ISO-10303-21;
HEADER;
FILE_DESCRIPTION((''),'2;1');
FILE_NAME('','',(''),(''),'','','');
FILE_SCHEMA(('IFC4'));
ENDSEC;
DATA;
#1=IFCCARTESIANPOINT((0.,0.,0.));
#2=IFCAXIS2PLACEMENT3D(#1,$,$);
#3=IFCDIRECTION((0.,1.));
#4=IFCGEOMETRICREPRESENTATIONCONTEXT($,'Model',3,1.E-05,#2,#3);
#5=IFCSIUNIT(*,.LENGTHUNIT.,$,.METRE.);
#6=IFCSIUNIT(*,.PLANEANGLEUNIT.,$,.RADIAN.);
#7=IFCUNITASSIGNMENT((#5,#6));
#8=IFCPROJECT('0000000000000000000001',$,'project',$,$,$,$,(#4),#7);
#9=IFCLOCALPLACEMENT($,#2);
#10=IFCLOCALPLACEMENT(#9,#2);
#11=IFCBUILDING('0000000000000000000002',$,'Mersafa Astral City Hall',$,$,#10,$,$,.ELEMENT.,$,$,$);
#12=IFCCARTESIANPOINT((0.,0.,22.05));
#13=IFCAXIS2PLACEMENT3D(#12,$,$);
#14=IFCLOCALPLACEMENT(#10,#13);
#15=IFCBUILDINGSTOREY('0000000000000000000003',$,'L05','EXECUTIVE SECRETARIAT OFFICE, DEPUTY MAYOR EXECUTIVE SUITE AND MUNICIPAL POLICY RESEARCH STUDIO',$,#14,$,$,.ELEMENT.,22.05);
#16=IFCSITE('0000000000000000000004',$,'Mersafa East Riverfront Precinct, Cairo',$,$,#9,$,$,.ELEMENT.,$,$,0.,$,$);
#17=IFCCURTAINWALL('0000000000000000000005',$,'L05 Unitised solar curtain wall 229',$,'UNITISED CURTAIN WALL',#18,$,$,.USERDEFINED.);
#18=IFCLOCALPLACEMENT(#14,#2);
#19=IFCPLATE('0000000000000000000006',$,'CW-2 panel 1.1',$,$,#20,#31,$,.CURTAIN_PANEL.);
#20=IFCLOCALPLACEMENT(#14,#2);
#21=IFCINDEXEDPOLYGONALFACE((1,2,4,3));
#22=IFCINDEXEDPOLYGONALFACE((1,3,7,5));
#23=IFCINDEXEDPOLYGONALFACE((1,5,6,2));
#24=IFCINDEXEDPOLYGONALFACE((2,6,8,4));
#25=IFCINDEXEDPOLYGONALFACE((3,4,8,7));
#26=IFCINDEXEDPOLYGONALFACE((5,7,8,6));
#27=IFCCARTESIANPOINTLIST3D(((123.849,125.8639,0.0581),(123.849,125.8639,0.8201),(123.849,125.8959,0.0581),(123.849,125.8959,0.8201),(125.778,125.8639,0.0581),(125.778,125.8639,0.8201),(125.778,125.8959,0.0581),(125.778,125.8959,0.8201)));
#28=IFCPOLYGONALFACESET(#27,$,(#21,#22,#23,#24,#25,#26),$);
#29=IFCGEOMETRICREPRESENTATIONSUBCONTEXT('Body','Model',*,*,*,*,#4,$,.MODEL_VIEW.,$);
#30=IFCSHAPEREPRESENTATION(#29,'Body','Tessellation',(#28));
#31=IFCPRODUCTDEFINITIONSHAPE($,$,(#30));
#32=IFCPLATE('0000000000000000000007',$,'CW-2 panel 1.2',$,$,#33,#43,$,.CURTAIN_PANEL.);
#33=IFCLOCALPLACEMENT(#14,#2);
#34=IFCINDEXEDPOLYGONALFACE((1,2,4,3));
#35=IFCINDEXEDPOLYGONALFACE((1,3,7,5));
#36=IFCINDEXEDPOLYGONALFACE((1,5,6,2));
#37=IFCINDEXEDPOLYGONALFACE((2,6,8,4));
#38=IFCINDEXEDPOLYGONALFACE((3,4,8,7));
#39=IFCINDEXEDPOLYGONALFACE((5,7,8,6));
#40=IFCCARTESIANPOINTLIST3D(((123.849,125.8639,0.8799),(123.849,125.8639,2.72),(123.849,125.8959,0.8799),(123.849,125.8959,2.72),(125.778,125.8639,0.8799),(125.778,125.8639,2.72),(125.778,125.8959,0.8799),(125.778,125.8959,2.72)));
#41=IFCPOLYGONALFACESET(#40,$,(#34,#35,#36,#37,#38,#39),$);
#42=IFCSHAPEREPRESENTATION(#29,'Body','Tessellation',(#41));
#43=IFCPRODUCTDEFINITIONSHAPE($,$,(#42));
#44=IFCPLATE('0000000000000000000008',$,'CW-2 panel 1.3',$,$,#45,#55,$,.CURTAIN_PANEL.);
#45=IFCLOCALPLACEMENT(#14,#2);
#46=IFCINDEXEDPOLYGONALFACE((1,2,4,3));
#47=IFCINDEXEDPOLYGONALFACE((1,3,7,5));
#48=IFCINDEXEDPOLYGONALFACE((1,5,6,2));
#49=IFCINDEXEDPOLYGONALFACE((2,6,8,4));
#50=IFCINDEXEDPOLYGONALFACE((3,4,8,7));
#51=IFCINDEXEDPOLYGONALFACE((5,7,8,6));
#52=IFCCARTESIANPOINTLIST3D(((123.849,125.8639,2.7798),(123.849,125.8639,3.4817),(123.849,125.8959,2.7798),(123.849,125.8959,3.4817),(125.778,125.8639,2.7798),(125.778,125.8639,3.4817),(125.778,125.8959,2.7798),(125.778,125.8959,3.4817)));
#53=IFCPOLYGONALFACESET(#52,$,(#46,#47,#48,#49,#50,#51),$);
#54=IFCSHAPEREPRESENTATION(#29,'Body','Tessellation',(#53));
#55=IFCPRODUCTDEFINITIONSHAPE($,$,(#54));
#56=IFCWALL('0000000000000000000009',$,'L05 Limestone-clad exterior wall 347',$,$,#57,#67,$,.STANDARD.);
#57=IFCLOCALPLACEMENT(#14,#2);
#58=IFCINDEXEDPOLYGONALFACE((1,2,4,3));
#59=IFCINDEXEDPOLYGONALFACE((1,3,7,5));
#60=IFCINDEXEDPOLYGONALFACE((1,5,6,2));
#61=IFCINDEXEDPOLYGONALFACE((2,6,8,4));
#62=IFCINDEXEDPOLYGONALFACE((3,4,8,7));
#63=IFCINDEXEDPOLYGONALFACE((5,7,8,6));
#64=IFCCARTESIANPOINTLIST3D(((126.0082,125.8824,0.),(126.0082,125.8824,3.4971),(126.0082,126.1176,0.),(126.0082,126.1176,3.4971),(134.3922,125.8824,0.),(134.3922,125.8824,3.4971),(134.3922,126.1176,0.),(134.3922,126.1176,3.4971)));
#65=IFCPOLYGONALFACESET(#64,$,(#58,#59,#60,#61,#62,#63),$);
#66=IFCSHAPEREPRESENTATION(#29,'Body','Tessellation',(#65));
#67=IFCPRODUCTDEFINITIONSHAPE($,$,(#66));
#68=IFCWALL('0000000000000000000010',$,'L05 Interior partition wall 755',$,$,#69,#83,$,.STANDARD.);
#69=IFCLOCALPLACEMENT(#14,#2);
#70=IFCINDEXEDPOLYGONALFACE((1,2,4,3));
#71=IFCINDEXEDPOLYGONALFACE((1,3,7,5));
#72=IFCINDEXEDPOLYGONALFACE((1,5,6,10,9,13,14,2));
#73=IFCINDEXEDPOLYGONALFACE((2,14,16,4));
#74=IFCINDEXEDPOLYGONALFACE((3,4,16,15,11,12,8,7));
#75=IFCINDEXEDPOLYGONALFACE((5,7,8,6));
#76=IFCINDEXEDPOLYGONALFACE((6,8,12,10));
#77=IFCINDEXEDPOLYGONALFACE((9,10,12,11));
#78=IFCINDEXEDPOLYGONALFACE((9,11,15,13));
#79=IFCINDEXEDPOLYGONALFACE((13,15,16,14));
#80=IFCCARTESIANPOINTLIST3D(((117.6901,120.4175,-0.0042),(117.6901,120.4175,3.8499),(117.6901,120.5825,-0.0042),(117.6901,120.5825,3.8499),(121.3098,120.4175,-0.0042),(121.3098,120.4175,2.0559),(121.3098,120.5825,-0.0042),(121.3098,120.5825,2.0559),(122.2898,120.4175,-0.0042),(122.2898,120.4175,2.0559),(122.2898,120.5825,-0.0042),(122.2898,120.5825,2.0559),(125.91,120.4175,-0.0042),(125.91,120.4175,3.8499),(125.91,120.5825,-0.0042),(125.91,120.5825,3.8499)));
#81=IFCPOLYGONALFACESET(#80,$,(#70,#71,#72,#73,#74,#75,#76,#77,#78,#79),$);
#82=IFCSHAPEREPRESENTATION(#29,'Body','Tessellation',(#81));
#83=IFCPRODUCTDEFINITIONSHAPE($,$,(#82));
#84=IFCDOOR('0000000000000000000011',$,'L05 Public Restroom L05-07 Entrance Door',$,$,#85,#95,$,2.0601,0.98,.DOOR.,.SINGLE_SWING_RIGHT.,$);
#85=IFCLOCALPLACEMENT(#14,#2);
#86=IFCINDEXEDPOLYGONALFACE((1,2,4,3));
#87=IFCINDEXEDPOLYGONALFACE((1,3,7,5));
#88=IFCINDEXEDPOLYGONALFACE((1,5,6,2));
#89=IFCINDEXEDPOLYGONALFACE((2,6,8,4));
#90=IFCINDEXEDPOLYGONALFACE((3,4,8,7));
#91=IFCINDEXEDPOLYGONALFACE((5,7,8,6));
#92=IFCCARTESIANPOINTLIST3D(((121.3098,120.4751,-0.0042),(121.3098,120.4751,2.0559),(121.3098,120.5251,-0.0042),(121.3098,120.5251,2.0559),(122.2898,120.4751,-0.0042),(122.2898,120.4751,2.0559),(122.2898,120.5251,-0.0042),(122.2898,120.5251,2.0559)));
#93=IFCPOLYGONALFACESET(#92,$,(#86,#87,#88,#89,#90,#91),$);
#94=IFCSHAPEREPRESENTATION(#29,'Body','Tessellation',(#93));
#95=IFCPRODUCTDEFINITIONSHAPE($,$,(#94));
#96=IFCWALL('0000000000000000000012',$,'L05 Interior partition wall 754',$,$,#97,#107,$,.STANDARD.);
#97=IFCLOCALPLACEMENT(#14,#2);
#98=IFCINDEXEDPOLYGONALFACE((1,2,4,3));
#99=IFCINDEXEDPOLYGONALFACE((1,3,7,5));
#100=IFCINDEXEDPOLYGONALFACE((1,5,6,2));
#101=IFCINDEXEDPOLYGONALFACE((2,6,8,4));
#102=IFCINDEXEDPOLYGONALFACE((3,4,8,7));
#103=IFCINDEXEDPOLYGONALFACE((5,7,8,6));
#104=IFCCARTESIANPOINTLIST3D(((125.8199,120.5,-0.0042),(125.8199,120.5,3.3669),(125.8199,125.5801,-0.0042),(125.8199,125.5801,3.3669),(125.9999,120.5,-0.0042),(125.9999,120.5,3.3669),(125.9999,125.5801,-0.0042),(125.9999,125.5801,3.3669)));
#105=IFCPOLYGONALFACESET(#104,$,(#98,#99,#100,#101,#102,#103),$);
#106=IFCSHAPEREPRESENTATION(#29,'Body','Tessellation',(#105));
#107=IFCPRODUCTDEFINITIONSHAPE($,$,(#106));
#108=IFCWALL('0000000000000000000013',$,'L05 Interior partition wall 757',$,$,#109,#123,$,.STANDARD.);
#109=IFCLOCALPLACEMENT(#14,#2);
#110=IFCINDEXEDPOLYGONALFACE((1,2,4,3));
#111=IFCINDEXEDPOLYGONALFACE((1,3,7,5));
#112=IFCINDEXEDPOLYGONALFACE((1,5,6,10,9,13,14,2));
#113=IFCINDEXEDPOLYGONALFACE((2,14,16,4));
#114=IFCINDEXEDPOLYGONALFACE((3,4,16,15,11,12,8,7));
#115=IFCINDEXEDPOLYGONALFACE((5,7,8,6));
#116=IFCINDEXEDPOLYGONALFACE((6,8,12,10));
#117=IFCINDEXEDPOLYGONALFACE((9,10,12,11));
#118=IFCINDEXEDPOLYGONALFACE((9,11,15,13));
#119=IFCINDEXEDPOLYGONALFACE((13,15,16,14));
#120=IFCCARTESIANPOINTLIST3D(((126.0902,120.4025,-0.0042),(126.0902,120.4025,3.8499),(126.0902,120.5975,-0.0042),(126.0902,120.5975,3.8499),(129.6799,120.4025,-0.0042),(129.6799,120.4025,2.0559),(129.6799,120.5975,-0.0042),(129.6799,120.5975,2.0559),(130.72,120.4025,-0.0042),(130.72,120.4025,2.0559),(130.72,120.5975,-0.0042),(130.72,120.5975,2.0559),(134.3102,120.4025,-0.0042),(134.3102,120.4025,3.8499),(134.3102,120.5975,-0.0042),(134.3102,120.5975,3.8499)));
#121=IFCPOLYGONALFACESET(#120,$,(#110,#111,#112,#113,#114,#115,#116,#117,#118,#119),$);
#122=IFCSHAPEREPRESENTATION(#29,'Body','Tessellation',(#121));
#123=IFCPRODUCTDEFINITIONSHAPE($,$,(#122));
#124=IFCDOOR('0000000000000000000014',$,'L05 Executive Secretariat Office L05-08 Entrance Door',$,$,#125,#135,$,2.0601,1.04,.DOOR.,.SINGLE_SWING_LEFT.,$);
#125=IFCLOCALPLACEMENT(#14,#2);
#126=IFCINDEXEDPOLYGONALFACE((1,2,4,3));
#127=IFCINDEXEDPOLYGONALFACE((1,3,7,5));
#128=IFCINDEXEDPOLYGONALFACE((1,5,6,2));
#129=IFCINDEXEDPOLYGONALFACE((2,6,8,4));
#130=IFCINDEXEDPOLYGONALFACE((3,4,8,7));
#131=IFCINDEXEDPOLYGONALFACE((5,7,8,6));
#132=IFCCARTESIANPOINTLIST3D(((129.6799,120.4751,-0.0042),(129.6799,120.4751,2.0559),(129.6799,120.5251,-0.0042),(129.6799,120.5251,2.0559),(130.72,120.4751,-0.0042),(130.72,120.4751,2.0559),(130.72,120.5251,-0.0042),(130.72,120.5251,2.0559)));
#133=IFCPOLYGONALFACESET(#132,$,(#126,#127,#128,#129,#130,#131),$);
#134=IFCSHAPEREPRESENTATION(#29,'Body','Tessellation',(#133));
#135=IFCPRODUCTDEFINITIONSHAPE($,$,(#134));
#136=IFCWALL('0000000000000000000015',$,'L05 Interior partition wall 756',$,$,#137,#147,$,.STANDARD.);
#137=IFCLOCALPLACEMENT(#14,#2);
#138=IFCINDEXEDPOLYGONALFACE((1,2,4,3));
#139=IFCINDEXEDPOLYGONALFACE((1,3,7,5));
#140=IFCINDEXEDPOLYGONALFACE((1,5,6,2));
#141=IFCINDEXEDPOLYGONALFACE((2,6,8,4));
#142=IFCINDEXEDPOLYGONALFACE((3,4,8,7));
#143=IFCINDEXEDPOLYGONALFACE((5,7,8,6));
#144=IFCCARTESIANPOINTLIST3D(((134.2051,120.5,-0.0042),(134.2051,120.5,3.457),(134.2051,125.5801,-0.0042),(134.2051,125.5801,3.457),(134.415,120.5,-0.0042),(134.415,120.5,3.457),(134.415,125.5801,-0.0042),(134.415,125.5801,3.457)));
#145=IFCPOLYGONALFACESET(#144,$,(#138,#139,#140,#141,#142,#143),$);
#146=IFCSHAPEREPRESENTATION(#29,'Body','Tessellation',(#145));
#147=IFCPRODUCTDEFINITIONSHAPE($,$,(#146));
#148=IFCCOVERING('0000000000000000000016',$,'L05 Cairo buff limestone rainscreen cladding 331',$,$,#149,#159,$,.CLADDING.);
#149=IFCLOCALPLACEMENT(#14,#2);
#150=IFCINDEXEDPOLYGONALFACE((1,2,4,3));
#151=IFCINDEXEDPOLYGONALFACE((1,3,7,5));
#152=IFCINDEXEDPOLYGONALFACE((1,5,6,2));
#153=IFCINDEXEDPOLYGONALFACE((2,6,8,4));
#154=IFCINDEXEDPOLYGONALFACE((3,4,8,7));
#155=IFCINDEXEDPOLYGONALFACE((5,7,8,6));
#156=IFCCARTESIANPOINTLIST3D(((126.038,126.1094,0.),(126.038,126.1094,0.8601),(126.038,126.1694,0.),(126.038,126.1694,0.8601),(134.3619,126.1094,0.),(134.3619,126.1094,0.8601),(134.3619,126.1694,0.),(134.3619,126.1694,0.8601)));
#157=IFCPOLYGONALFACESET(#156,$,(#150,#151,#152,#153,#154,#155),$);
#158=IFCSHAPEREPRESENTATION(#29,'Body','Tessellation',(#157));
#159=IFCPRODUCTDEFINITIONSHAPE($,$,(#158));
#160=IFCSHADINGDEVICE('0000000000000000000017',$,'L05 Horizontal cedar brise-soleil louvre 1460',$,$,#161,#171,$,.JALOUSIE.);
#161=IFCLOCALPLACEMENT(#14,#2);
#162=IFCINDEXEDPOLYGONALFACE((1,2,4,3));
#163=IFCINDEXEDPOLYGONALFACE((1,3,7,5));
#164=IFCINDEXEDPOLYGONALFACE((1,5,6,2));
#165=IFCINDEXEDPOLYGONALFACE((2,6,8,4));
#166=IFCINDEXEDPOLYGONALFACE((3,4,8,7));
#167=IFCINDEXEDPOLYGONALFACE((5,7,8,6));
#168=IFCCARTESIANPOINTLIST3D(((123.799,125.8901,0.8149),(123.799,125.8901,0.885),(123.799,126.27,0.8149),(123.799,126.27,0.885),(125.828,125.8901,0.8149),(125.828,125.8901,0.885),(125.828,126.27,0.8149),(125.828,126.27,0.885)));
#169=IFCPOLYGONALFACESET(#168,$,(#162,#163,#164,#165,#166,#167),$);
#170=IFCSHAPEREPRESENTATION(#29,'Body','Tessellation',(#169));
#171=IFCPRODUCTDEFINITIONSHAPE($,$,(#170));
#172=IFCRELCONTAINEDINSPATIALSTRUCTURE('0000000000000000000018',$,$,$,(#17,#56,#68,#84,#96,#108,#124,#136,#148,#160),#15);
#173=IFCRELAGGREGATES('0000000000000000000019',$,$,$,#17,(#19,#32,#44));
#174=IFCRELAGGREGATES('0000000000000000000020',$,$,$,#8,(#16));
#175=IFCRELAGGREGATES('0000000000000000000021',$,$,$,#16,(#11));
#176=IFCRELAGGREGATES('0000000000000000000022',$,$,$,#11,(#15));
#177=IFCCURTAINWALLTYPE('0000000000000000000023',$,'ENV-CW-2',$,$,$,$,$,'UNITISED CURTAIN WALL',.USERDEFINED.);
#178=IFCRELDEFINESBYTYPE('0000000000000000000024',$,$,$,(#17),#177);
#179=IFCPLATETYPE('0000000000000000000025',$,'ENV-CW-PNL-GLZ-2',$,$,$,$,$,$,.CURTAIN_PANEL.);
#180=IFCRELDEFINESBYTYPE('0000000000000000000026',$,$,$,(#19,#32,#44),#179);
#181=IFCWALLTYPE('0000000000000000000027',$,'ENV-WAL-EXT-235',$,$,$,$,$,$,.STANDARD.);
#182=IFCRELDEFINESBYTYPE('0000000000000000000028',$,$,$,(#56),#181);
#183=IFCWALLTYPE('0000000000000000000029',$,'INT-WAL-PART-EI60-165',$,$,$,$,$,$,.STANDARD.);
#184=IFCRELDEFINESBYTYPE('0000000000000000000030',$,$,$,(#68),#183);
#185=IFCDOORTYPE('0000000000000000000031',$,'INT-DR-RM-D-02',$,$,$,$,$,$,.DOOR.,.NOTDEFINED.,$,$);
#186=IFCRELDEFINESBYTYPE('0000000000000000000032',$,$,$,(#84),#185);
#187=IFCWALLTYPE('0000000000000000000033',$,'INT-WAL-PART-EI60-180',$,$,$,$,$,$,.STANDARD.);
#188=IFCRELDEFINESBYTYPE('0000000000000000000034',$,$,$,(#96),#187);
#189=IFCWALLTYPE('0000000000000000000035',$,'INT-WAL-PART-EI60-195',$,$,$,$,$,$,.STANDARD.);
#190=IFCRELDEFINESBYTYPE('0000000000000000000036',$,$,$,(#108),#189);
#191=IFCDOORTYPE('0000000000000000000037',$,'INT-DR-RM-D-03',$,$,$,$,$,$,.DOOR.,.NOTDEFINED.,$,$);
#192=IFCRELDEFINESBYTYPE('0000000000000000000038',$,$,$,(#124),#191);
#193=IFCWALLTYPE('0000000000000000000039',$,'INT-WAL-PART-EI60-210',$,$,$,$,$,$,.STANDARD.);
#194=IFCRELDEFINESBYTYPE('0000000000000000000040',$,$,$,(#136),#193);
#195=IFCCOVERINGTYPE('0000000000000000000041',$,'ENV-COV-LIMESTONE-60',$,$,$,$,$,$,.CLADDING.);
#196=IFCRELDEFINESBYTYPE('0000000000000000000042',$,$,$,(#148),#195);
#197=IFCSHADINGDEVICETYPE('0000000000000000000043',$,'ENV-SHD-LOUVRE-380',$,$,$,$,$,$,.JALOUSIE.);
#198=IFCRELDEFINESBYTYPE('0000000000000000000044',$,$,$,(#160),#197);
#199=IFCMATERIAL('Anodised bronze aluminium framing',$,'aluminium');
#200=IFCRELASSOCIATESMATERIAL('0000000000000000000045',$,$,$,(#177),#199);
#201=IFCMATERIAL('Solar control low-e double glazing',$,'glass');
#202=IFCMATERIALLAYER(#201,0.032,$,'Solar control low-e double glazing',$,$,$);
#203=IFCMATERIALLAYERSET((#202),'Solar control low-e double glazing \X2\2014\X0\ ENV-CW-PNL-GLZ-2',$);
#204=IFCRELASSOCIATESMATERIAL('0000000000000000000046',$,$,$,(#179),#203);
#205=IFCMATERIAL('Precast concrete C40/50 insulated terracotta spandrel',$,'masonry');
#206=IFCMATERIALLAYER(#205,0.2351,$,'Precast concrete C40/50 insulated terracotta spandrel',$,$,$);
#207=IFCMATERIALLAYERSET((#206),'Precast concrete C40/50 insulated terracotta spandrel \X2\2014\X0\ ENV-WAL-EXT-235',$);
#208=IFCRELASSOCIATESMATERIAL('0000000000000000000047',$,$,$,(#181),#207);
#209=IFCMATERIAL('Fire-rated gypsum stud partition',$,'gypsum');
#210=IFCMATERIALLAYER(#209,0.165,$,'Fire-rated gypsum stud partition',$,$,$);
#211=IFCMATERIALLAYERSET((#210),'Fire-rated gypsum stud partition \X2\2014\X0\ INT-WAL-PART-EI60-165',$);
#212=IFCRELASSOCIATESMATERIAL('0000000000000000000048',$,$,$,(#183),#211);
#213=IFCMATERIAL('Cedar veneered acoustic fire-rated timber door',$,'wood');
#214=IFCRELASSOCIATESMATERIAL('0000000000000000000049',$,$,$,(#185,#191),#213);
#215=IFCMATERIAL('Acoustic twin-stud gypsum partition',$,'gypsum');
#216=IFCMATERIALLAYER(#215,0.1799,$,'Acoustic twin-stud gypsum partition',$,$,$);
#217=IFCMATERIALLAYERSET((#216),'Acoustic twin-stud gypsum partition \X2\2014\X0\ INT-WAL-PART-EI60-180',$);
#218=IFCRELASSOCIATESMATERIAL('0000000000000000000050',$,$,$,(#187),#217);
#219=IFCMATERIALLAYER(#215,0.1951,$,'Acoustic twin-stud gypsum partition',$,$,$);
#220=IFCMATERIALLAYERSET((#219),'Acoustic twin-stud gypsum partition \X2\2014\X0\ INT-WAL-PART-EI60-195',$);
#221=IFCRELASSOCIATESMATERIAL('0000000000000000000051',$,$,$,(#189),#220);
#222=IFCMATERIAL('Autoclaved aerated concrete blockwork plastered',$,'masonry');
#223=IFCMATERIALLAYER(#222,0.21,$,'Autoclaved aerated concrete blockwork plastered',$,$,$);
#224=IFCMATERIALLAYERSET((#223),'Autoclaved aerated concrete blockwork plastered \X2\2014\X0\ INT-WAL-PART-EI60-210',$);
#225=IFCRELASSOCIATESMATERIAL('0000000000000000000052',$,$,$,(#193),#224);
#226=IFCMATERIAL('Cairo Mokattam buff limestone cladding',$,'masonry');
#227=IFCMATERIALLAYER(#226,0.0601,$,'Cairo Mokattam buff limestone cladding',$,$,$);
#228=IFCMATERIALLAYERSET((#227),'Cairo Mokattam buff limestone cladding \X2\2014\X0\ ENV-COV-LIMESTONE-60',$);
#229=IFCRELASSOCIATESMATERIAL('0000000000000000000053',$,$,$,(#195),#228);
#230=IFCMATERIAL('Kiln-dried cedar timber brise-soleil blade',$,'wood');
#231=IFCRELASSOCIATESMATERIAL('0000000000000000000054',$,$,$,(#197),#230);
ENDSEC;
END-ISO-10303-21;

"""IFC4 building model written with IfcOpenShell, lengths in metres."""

from ifc_helpers import new_model, si_unit, direction, frame, frame_2d, origin, origin_2d, place, context, subcontext, project, spatial, rectangle, extrude, material, layer, layer_set, type_object, element, fill, aggregate, save


model = new_model("IFC4")

# Units and contexts
model_context = context("Model", 3, precision=1e-05, world=origin(), true_north=direction((0.0, 1.0)))
body_context = subcontext(model_context, "Body", "Model", "MODEL_VIEW")
ifc_project = project(units=[si_unit("LENGTHUNIT", "METRE"), si_unit("PLANEANGLEUNIT", "RADIAN")], contexts=[model_context])

# Site, building, storey
site_placement = place(None, origin())
site = spatial("IfcSite", under=ifc_project, at=site_placement, Name="Mersafa East Riverfront Precinct, Cairo", CompositionType="ELEMENT", RefElevation=0.0)
building_placement = place(site_placement, origin())
building = spatial("IfcBuilding", under=site, at=building_placement, Name="Mersafa Astral City Hall", CompositionType="ELEMENT")
storey_placement = place(building_placement, frame((0.0, 0.0, 22.05)))
storey = spatial("IfcBuildingStorey", under=building, at=storey_placement, Name="L05", Description="EXECUTIVE SECRETARIAT OFFICE, DEPUTY MAYOR EXECUTIVE SUITE AND MUNICIPAL POLICY RESEARCH STUDIO", CompositionType="ELEMENT", Elevation=22.05)

# Curtain wall
ifc_material_1 = material(Name="Anodised bronze aluminium framing", Category="aluminium")
curtain_wall_type = type_object("IfcCurtainWallType", Name="ENV-CW-2", ElementType="UNITISED CURTAIN WALL", PredefinedType="USERDEFINED", material=ifc_material_1)
curtain_wall_placement = place(storey_placement, origin())
curtain_wall = element("IfcCurtainWall", 1, at=curtain_wall_placement, inside=storey, type_object=curtain_wall_type, Name="L05 Unitised solar curtain wall 229", ObjectType="UNITISED CURTAIN WALL", PredefinedType="USERDEFINED")

# Plates
ifc_material_2 = material(Name="Solar control low-e double glazing", Category="glass")
ifc_layer_1 = layer(ifc_material_2, 0.032, Name="Solar control low-e double glazing")
ifc_layer_set_1 = layer_set([ifc_layer_1], Name="Solar control low-e double glazing — ENV-CW-PNL-GLZ-2")
plate_type = type_object("IfcPlateType", Name="ENV-CW-PNL-GLZ-2", PredefinedType="CURTAIN_PANEL", material=ifc_layer_set_1)
plate_1_placement = place(storey_placement, frame((124.8135, 125.8799, 0.0581), z_axis=(0.0, 0.0, 1.0), x_axis=(-1.0, 0.0, 0.0)))
plate_1 = element("IfcPlate", 2, at=plate_1_placement, type_object=plate_type, Name="CW-2 panel 1.1", PredefinedType="CURTAIN_PANEL", context=body_context, shape_type="SweptSolid", body=[
    extrude(rectangle(XDim=1.929, YDim=0.032, at=origin_2d()), origin(), (0.0, 0.0, 1.0), 0.762),
])
plate_2_placement = place(storey_placement, frame((124.8135, 125.8799, 0.8799), z_axis=(0.0, 0.0, 1.0), x_axis=(-1.0, 0.0, 0.0)))
plate_2 = element("IfcPlate", 3, at=plate_2_placement, type_object=plate_type, Name="CW-2 panel 1.2", PredefinedType="CURTAIN_PANEL", context=body_context, shape_type="SweptSolid", body=[
    extrude(rectangle(XDim=1.929, YDim=0.032, at=origin_2d()), origin(), (0.0, 0.0, 1.0), 1.8401),
])
plate_3_placement = place(storey_placement, frame((124.8135, 125.8799, 2.7798), z_axis=(0.0, 0.0, 1.0), x_axis=(-1.0, 0.0, 0.0)))
plate_3 = element("IfcPlate", 4, at=plate_3_placement, type_object=plate_type, Name="CW-2 panel 1.3", PredefinedType="CURTAIN_PANEL", context=body_context, shape_type="SweptSolid", body=[
    extrude(rectangle(XDim=1.929, YDim=0.032, at=origin_2d()), origin(), (0.0, 0.0, 1.0), 0.7019),
])
aggregate(curtain_wall, [plate_1, plate_2, plate_3])

# Wall
ifc_material_3 = material(Name="Precast concrete C40/50 insulated terracotta spandrel", Category="masonry")
ifc_layer_2 = layer(ifc_material_3, 0.2351, Name="Precast concrete C40/50 insulated terracotta spandrel")
ifc_layer_set_2 = layer_set([ifc_layer_2], Name="Precast concrete C40/50 insulated terracotta spandrel — ENV-WAL-EXT-235")
wall_type_1 = type_object("IfcWallType", Name="ENV-WAL-EXT-235", PredefinedType="STANDARD", material=ifc_layer_set_2)
wall_1_placement = place(storey_placement, frame((134.3921, 126.0, 0.0), z_axis=(0.0, 0.0, 1.0), x_axis=(-1.0, 0.0, 0.0)))
element("IfcWall", 5, at=wall_1_placement, inside=storey, type_object=wall_type_1, Name="L05 Limestone-clad exterior wall 347", PredefinedType="STANDARD", context=body_context, shape_type="SweptSolid", body=[
    extrude(rectangle(XDim=8.384, YDim=0.2351, at=frame_2d((4.1919, 0.0))), origin(), (0.0, 0.0, 1.0), 3.4971),
])

# Wall, opening, door
ifc_material_4 = material(Name="Fire-rated gypsum stud partition", Category="gypsum")
ifc_layer_3 = layer(ifc_material_4, 0.165, Name="Fire-rated gypsum stud partition")
ifc_layer_set_3 = layer_set([ifc_layer_3], Name="Fire-rated gypsum stud partition — INT-WAL-PART-EI60-165")
wall_type_2 = type_object("IfcWallType", Name="INT-WAL-PART-EI60-165", PredefinedType="STANDARD", material=ifc_layer_set_3)
wall_2_placement = place(storey_placement, frame((125.9099, 120.5, -0.0042), z_axis=(0.0, 0.0, 1.0), x_axis=(-1.0, 0.0, 0.0)))
wall_2 = element("IfcWall", 6, at=wall_2_placement, inside=storey, type_object=wall_type_2, Name="L05 Interior partition wall 755", PredefinedType="STANDARD", context=body_context, shape_type="SweptSolid", body=[
    extrude(rectangle(XDim=8.22, YDim=0.165, at=frame_2d((4.1099, 0.0))), origin(), (0.0, 0.0, 1.0), 3.854),
])
opening_1_placement = place(wall_2_placement, frame((3.6201, 0.0, 0.0)))
opening_1 = element("IfcOpeningElement", 7, at=opening_1_placement, cuts=wall_2, PredefinedType="OPENING", context=body_context, shape_type="SweptSolid", body=[
    extrude(rectangle(XDim=0.98, YDim=2.0601, at=frame_2d((0.49, 1.03))), frame((0.0, 0.0925, 0.0), z_axis=(0.0, -1.0, 0.0), x_axis=(1.0, 0.0, 0.0)), (0.0, 0.0, 1.0), 0.1851),
])
ifc_material_5 = material(Name="Cedar veneered acoustic fire-rated timber door", Category="wood")
door_type_1 = type_object("IfcDoorType", Name="INT-DR-RM-D-02", OperationType="NOTDEFINED", PredefinedType="DOOR", material=ifc_material_5)
door_1_placement = place(opening_1_placement, origin())
door_1 = element("IfcDoor", 8, at=door_1_placement, inside=storey, type_object=door_type_1, Name="L05 Public Restroom L05-07 Entrance Door", OperationType="SINGLE_SWING_RIGHT", OverallHeight=2.0601, OverallWidth=0.98, PredefinedType="DOOR", context=body_context, shape_type="SweptSolid", body=[
    extrude(rectangle(XDim=0.98, YDim=2.0601, at=frame_2d((0.49, 1.03))), frame((0.0, 0.0249, 0.0), z_axis=(0.0, -1.0, 0.0), x_axis=(1.0, 0.0, 0.0)), (0.0, 0.0, 1.0), 0.05),
])
fill(opening_1, door_1)

# Wall
ifc_material_6 = material(Name="Acoustic twin-stud gypsum partition", Category="gypsum")
ifc_layer_4 = layer(ifc_material_6, 0.1799, Name="Acoustic twin-stud gypsum partition")
ifc_layer_set_4 = layer_set([ifc_layer_4], Name="Acoustic twin-stud gypsum partition — INT-WAL-PART-EI60-180")
wall_type_3 = type_object("IfcWallType", Name="INT-WAL-PART-EI60-180", PredefinedType="STANDARD", material=ifc_layer_set_4)
wall_3_placement = place(storey_placement, frame((125.9099, 125.5801, -0.0042), z_axis=(0.0, 0.0, 1.0), x_axis=(0.0, -1.0, 0.0)))
element("IfcWall", 9, at=wall_3_placement, inside=storey, type_object=wall_type_3, Name="L05 Interior partition wall 754", PredefinedType="STANDARD", context=body_context, shape_type="SweptSolid", body=[
    extrude(rectangle(XDim=5.0801, YDim=0.1799, at=frame_2d((2.54, 0.0))), origin(), (0.0, 0.0, 1.0), 3.3711),
])

# Wall, opening, door
ifc_layer_5 = layer(ifc_material_6, 0.1951, Name="Acoustic twin-stud gypsum partition")
ifc_layer_set_5 = layer_set([ifc_layer_5], Name="Acoustic twin-stud gypsum partition — INT-WAL-PART-EI60-195")
wall_type_4 = type_object("IfcWallType", Name="INT-WAL-PART-EI60-195", PredefinedType="STANDARD", material=ifc_layer_set_5)
wall_4_placement = place(storey_placement, frame((134.3101, 120.5, -0.0042), z_axis=(0.0, 0.0, 1.0), x_axis=(-1.0, 0.0, 0.0)))
wall_4 = element("IfcWall", 10, at=wall_4_placement, inside=storey, type_object=wall_type_4, Name="L05 Interior partition wall 757", PredefinedType="STANDARD", context=body_context, shape_type="SweptSolid", body=[
    extrude(rectangle(XDim=8.22, YDim=0.1951, at=frame_2d((4.1099, 0.0))), origin(), (0.0, 0.0, 1.0), 3.854),
])
opening_2_placement = place(wall_4_placement, frame((3.5901, 0.0, 0.0)))
opening_2 = element("IfcOpeningElement", 11, at=opening_2_placement, cuts=wall_4, PredefinedType="OPENING", context=body_context, shape_type="SweptSolid", body=[
    extrude(rectangle(XDim=1.04, YDim=2.0601, at=frame_2d((0.52, 1.03))), frame((0.0, 0.1074, 0.0), z_axis=(0.0, -1.0, 0.0), x_axis=(1.0, 0.0, 0.0)), (0.0, 0.0, 1.0), 0.2151),
])
door_type_2 = type_object("IfcDoorType", Name="INT-DR-RM-D-03", OperationType="NOTDEFINED", PredefinedType="DOOR", material=ifc_material_5)
door_2_placement = place(opening_2_placement, origin())
door_2 = element("IfcDoor", 12, at=door_2_placement, inside=storey, type_object=door_type_2, Name="L05 Executive Secretariat Office L05-08 Entrance Door", OperationType="SINGLE_SWING_LEFT", OverallHeight=2.0601, OverallWidth=1.04, PredefinedType="DOOR", context=body_context, shape_type="SweptSolid", body=[
    extrude(rectangle(XDim=1.04, YDim=2.0601, at=frame_2d((0.52, 1.03))), frame((0.0, 0.0249, 0.0), z_axis=(0.0, -1.0, 0.0), x_axis=(1.0, 0.0, 0.0)), (0.0, 0.0, 1.0), 0.05),
])
fill(opening_2, door_2)

# Wall
ifc_material_7 = material(Name="Autoclaved aerated concrete blockwork plastered", Category="masonry")
ifc_layer_6 = layer(ifc_material_7, 0.21, Name="Autoclaved aerated concrete blockwork plastered")
ifc_layer_set_6 = layer_set([ifc_layer_6], Name="Autoclaved aerated concrete blockwork plastered — INT-WAL-PART-EI60-210")
wall_type_5 = type_object("IfcWallType", Name="INT-WAL-PART-EI60-210", PredefinedType="STANDARD", material=ifc_layer_set_6)
wall_5_placement = place(storey_placement, frame((134.3101, 125.5801, -0.0042), z_axis=(0.0, 0.0, 1.0), x_axis=(0.0, -1.0, 0.0)))
element("IfcWall", 13, at=wall_5_placement, inside=storey, type_object=wall_type_5, Name="L05 Interior partition wall 756", PredefinedType="STANDARD", context=body_context, shape_type="SweptSolid", body=[
    extrude(rectangle(XDim=5.0801, YDim=0.21, at=frame_2d((2.54, 0.0))), origin(), (0.0, 0.0, 1.0), 3.4612),
])

# Covering
ifc_material_8 = material(Name="Cairo Mokattam buff limestone cladding", Category="masonry")
ifc_layer_7 = layer(ifc_material_8, 0.0601, Name="Cairo Mokattam buff limestone cladding")
ifc_layer_set_7 = layer_set([ifc_layer_7], Name="Cairo Mokattam buff limestone cladding — ENV-COV-LIMESTONE-60")
covering_type = type_object("IfcCoveringType", Name="ENV-COV-LIMESTONE-60", PredefinedType="CLADDING", material=ifc_layer_set_7)
covering_placement = place(storey_placement, frame((130.2, 126.1394, 0.0), z_axis=(0.0, 0.0, 1.0), x_axis=(-1.0, 0.0, 0.0)))
element("IfcCovering", 14, at=covering_placement, inside=storey, type_object=covering_type, Name="L05 Cairo buff limestone rainscreen cladding 331", PredefinedType="CLADDING", context=body_context, shape_type="SweptSolid", body=[
    extrude(rectangle(XDim=8.324, YDim=0.0601, at=origin_2d()), origin(), (0.0, 0.0, 1.0), 0.8601),
])

# Shading device
ifc_material_9 = material(Name="Kiln-dried cedar timber brise-soleil blade", Category="wood")
shading_device_type = type_object("IfcShadingDeviceType", Name="ENV-SHD-LOUVRE-380", PredefinedType="JALOUSIE", material=ifc_material_9)
for number, where, z_axis, x_axis, name in (
    (15, (124.8135, 126.0801, 0.8149), (0.0, 0.0, 1.0), (-1.0, 0.0, 0.0), "L05 Horizontal cedar brise-soleil louvre 1460"),
):
    element("IfcShadingDevice", number, at=place(storey_placement, frame(where, z_axis=z_axis, x_axis=x_axis)), inside=storey, type_object=shading_device_type, Name=name, PredefinedType="JALOUSIE", context=body_context, shape_type="SweptSolid", body=[
        extrude(rectangle(XDim=2.0291, YDim=0.3799, at=origin_2d()), origin(), (0.0, 0.0, 1.0), 0.0701),
    ])

save(model, "model.ifc")
